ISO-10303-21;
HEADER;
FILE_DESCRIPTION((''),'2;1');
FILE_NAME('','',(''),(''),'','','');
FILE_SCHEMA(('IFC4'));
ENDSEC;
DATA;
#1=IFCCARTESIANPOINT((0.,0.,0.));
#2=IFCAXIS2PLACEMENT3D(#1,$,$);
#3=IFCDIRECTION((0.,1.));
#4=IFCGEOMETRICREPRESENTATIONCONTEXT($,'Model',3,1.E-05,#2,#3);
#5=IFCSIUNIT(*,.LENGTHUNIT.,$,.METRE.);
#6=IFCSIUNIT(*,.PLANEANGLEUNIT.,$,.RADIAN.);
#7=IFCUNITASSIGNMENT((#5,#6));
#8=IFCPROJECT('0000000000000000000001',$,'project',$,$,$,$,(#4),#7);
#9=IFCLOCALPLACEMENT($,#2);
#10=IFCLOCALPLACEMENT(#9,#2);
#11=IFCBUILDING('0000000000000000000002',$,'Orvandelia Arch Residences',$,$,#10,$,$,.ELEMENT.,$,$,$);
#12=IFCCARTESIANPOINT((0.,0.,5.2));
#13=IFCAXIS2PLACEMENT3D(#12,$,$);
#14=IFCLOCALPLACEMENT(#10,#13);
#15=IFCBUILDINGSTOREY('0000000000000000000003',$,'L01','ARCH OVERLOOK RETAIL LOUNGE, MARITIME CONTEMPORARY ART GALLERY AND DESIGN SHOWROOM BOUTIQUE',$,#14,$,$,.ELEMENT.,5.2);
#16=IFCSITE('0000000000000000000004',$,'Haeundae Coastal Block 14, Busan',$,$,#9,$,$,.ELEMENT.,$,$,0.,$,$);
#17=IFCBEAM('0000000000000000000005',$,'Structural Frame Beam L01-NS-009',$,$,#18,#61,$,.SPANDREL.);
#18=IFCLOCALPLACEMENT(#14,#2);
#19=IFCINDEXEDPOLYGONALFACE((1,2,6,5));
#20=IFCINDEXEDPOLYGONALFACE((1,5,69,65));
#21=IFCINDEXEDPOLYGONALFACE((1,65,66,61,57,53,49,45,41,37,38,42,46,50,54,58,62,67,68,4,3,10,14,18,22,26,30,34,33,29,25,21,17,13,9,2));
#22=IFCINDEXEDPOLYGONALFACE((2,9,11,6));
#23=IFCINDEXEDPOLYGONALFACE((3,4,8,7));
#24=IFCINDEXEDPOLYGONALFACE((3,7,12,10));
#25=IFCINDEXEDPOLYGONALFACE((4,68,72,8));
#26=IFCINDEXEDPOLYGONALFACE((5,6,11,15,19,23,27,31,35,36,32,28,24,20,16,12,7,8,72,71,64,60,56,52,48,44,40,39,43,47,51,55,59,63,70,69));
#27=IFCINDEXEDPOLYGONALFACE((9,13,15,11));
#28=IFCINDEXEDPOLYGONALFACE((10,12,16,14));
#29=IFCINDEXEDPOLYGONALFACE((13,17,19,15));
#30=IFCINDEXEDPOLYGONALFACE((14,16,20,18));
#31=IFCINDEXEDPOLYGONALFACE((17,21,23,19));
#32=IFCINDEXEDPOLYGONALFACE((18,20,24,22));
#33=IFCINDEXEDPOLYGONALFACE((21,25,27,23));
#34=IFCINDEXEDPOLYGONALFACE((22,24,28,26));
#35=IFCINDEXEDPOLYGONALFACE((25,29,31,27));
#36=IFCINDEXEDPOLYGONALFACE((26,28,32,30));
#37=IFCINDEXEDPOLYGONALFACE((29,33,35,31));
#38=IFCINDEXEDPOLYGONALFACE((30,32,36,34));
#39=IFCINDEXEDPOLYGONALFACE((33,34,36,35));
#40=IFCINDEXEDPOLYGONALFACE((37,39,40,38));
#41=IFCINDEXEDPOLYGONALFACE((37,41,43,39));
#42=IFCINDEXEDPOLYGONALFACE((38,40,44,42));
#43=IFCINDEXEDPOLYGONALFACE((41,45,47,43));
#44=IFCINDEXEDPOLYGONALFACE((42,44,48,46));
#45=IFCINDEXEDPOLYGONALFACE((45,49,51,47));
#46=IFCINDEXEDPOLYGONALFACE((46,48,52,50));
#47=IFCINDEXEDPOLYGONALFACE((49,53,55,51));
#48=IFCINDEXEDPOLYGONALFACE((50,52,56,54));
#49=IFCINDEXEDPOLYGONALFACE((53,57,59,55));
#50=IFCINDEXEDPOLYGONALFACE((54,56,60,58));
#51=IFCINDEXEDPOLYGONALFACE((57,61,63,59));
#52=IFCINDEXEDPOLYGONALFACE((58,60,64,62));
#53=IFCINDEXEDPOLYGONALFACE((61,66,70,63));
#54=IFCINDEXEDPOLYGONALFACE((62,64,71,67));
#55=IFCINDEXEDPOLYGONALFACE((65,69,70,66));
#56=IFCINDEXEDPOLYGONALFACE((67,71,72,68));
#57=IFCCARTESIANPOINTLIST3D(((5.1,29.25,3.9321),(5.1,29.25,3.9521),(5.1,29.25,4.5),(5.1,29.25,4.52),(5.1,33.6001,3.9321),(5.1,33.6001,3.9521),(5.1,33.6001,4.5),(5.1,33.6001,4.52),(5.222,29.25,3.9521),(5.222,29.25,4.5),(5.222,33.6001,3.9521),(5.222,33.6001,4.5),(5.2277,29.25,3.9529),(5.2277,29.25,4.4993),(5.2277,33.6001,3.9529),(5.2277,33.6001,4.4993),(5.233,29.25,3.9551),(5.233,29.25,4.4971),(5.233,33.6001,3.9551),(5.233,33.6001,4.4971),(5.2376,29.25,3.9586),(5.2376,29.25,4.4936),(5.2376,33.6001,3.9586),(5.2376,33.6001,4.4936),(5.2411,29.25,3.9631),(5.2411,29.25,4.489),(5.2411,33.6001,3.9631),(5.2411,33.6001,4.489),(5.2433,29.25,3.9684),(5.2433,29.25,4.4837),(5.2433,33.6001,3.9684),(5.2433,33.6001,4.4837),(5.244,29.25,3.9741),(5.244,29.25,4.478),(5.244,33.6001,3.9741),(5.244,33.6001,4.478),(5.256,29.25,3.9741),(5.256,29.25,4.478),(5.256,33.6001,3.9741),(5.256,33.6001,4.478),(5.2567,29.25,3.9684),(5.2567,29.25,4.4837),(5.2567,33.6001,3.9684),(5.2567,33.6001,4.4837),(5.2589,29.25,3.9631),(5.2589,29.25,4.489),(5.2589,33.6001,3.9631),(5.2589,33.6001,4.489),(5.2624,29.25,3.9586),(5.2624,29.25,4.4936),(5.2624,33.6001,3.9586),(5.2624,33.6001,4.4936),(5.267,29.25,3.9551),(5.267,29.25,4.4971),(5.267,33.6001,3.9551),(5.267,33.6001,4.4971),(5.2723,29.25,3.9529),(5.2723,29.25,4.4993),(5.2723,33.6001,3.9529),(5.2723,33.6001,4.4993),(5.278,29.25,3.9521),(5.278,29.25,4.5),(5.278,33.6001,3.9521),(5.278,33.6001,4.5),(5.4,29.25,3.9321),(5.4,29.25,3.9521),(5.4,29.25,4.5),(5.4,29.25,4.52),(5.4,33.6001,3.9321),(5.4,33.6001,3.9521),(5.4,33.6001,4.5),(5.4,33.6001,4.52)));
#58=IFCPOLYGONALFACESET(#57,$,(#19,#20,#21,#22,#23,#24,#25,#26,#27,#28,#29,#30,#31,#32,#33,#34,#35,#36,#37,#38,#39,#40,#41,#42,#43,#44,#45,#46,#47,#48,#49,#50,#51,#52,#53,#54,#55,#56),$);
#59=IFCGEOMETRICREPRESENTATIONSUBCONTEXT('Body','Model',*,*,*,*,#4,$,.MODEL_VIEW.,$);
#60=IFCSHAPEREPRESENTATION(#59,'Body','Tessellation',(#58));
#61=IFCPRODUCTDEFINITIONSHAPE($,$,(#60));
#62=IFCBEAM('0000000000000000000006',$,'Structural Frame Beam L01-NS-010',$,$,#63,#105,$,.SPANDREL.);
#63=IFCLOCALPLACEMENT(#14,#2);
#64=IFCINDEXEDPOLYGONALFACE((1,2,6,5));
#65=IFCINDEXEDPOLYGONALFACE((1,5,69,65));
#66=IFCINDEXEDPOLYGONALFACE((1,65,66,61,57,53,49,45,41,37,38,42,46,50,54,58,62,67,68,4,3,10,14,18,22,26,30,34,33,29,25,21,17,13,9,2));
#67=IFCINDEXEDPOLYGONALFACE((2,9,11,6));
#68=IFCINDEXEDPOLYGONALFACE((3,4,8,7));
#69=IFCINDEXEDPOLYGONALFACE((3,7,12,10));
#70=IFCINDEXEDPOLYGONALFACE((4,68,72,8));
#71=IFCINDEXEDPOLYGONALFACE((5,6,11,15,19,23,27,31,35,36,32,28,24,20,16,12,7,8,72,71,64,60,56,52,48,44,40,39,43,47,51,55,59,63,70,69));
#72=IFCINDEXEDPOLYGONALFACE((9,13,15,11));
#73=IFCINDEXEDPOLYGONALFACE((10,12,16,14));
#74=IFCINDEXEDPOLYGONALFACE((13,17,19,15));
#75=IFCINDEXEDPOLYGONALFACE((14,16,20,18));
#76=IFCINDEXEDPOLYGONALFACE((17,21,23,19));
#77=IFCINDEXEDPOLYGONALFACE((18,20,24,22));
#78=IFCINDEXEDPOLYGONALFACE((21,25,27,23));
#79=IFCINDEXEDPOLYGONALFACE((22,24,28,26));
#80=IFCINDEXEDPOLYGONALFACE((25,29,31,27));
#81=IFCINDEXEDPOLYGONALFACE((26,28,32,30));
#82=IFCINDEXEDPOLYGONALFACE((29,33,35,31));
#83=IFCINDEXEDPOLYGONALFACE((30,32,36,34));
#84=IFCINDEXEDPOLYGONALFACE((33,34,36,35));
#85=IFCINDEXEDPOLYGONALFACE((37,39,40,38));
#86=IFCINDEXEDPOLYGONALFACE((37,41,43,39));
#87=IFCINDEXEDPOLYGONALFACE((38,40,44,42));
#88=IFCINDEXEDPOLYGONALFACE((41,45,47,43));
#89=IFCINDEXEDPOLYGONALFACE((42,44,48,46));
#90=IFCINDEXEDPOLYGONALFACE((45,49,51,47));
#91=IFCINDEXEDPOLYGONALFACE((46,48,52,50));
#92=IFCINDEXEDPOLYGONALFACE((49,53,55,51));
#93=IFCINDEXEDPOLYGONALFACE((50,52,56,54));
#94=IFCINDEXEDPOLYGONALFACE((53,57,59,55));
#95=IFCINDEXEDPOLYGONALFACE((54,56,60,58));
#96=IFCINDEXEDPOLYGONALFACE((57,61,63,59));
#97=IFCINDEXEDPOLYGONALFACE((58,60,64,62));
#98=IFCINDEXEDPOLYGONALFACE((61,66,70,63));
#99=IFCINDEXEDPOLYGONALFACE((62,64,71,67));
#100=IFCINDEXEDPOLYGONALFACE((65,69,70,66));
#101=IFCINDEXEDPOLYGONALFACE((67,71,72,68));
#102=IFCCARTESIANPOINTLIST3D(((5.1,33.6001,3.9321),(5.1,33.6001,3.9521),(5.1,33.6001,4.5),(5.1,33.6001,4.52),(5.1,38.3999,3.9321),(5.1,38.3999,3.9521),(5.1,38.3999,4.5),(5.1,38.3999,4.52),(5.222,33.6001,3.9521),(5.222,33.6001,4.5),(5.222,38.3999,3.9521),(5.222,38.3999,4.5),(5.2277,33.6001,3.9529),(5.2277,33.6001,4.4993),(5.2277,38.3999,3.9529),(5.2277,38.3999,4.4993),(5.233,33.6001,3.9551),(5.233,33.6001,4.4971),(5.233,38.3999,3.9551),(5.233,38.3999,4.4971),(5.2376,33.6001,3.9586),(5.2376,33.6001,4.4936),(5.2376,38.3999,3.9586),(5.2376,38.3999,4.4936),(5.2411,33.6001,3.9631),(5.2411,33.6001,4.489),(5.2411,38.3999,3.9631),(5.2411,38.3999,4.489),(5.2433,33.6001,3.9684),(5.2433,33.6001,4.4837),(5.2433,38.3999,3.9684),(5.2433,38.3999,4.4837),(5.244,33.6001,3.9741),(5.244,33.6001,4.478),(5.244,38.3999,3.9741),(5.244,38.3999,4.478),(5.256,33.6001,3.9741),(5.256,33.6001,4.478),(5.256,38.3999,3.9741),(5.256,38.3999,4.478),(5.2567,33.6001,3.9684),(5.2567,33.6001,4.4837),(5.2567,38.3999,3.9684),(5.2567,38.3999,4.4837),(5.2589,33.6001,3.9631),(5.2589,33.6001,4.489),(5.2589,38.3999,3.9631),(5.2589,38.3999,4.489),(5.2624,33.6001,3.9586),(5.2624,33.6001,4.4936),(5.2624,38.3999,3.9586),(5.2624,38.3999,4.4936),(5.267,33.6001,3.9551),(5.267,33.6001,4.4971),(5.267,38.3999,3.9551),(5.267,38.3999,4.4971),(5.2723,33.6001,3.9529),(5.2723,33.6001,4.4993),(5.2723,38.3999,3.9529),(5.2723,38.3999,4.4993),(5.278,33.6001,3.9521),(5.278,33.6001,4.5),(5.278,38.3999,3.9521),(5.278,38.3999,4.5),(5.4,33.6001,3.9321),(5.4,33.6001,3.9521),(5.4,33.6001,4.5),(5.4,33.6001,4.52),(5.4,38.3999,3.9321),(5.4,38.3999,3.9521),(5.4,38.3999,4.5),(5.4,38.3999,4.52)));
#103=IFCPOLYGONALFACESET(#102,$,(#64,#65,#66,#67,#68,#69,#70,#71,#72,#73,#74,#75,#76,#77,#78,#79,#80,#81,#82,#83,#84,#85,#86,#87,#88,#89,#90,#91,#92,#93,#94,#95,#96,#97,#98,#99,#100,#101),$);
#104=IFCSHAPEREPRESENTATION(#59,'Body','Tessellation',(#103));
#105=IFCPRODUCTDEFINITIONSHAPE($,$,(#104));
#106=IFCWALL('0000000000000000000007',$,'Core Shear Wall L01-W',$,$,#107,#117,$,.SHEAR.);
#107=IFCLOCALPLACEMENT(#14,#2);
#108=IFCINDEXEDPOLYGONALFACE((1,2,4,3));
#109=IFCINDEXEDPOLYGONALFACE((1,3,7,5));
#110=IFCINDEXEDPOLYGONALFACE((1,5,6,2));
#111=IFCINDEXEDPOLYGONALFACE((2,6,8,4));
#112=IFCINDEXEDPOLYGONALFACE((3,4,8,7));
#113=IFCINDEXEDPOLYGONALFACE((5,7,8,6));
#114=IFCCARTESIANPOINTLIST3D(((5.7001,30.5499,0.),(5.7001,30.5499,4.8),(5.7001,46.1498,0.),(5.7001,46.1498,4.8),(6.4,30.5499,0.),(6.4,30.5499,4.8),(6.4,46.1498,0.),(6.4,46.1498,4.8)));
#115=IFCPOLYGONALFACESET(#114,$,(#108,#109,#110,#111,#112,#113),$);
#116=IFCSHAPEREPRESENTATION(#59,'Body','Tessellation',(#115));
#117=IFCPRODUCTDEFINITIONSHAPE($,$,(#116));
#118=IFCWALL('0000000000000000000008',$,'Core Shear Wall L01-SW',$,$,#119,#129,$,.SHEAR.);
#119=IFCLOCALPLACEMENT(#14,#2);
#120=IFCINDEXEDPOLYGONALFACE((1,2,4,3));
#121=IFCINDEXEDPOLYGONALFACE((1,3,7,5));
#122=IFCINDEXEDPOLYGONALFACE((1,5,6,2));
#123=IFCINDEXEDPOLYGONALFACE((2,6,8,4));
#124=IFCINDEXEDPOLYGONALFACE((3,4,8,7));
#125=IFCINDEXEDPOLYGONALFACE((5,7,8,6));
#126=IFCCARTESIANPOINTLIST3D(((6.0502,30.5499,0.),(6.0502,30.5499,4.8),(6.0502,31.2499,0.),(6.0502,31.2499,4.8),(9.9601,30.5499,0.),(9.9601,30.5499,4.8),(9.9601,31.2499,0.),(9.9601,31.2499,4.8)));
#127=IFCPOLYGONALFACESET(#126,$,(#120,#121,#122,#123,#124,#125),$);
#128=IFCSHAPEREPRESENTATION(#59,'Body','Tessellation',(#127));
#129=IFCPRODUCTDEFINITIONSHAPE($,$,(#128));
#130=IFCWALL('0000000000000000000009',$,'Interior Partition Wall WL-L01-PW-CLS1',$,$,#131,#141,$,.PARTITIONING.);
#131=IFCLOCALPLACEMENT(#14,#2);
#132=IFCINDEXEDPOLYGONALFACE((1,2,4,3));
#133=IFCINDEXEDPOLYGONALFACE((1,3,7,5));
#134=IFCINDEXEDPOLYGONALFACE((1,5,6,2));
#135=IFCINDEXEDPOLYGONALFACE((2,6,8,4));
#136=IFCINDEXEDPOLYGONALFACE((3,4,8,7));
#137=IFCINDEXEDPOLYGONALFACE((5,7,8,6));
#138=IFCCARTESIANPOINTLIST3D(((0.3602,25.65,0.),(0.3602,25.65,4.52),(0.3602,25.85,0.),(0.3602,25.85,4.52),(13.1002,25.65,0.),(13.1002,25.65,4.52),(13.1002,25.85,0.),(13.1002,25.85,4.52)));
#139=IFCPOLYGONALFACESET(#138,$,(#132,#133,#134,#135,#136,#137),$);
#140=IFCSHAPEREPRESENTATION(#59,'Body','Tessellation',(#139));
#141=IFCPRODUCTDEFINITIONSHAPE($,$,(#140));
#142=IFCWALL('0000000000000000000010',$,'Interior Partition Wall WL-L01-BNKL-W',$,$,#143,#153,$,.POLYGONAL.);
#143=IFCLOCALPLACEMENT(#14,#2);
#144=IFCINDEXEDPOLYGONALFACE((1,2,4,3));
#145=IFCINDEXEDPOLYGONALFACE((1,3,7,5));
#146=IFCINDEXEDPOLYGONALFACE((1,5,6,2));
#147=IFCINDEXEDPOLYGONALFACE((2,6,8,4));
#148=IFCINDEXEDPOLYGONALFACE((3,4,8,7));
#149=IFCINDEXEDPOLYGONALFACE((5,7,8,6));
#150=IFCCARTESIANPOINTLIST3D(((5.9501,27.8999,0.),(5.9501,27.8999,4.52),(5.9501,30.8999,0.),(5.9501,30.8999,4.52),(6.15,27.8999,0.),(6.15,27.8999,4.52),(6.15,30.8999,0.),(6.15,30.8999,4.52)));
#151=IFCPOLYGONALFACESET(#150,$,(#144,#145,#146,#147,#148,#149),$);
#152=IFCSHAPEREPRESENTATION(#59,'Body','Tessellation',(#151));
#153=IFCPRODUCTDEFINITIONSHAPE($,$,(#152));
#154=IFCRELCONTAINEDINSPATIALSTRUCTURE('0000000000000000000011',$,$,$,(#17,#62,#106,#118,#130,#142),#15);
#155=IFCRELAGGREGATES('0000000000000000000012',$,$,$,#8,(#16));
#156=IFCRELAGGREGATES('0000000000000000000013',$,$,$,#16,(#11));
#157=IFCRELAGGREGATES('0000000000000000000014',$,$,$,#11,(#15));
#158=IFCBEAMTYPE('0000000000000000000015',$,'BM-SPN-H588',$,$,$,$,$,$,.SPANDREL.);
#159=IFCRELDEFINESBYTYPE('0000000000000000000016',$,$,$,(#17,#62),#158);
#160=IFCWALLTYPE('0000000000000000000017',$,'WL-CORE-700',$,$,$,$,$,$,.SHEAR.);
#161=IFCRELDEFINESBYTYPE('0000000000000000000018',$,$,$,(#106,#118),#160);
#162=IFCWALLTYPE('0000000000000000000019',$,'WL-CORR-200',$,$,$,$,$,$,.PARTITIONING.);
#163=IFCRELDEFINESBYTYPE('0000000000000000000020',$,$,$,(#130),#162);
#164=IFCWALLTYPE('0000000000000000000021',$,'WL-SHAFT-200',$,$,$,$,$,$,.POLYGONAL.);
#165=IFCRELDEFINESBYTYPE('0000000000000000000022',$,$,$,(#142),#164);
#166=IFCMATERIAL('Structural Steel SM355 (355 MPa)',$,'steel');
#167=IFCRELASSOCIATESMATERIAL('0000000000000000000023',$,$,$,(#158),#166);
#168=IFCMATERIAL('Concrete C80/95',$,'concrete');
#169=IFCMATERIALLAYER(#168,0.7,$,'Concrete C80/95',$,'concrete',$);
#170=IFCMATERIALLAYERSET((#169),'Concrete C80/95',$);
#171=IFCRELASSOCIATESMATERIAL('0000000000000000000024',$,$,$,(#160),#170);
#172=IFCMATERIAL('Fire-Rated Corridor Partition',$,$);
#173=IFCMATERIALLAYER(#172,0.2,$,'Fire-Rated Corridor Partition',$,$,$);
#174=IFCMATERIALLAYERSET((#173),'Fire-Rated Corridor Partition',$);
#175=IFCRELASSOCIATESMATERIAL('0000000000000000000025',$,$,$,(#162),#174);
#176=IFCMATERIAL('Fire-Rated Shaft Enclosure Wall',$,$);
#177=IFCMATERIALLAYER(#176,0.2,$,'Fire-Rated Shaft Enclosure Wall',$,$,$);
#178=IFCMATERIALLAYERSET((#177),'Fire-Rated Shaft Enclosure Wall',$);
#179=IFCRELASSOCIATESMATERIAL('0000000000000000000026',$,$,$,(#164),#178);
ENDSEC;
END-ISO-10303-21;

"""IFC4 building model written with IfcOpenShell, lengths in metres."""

from ifc_helpers import new_model, si_unit, direction, frame, frame_2d, origin, origin_2d, place, context, subcontext, project, spatial, rectangle, i_section, extrude, material, layer, layer_set, material_profile, profile_set, type_object, element, save


model = new_model("IFC4")

# Units and contexts
model_context = context("Model", 3, precision=1e-05, world=origin(), true_north=direction((0.0, 1.0)))
body_context = subcontext(model_context, "Body", "Model", "MODEL_VIEW")
ifc_project = project(units=[si_unit("LENGTHUNIT", "METRE"), si_unit("PLANEANGLEUNIT", "RADIAN")], contexts=[model_context])

# Site, building, storey
site_placement = place(None, origin())
site = spatial("IfcSite", under=ifc_project, at=site_placement, Name="Haeundae Coastal Block 14, Busan", CompositionType="ELEMENT", RefElevation=0.0)
building_placement = place(site_placement, origin())
building = spatial("IfcBuilding", under=site, at=building_placement, Name="Orvandelia Arch Residences", CompositionType="ELEMENT")
storey_placement = place(building_placement, frame((0.0, 0.0, 5.2)))
storey = spatial("IfcBuildingStorey", under=building, at=storey_placement, Name="L01", Description="ARCH OVERLOOK RETAIL LOUNGE, MARITIME CONTEMPORARY ART GALLERY AND DESIGN SHOWROOM BOUTIQUE", CompositionType="ELEMENT", Elevation=5.2)

# Shared definitions
ifc_material_1 = material(Name="Concrete C80/95", Category="concrete")

# Beams
ifc_material_2 = material(Name="Structural Steel SM355 (355 MPa)", Category="steel")
ifc_material_profile_1 = material_profile(ifc_material_2, i_section(OverallWidth=0.3, OverallDepth=0.5879, WebThickness=0.012, FlangeThickness=0.02, FilletRadius=0.022, at=origin_2d()), Name="Structural Steel SM355 (355 MPa)", Category="steel")
ifc_profile_set_1 = profile_set([ifc_material_profile_1], Name="Structural Steel SM355 (355 MPa)")
beam_type_1 = type_object("IfcBeamType", Name="BM-SPN-H588", PredefinedType="SPANDREL", material=ifc_profile_set_1)
beam_1_placement = place(storey_placement, frame((5.25, 29.25, 4.2261), z_axis=(0.0, 1.0, 0.0), x_axis=(-1.0, 0.0, 0.0)))
element("IfcBeam", 1, at=beam_1_placement, inside=storey, type_object=beam_type_1, Name="Structural Frame Beam L01-NS-009", PredefinedType="SPANDREL", context=body_context, shape_type="SweptSolid", body=[
    extrude(i_section(OverallWidth=0.3, OverallDepth=0.5879, WebThickness=0.012, FlangeThickness=0.02, FilletRadius=0.022, at=origin_2d()), origin(), (0.0, 0.0, 1.0), 4.3501),
])
beam_2_placement = place(storey_placement, frame((5.25, 33.6001, 4.2261), z_axis=(0.0, 1.0, 0.0), x_axis=(-1.0, 0.0, 0.0)))
element("IfcBeam", 2, at=beam_2_placement, inside=storey, type_object=beam_type_1, Name="Structural Frame Beam L01-NS-010", PredefinedType="SPANDREL", context=body_context, shape_type="SweptSolid", body=[
    extrude(i_section(OverallWidth=0.3, OverallDepth=0.5879, WebThickness=0.012, FlangeThickness=0.02, FilletRadius=0.022, at=origin_2d()), origin(), (0.0, 0.0, 1.0), 4.7998),
])

# Walls
ifc_layer_1 = layer(ifc_material_1, 0.7, Name="Concrete C80/95", Category="concrete")
ifc_layer_set_1 = layer_set([ifc_layer_1], Name="Concrete C80/95")
wall_type_1 = type_object("IfcWallType", Name="WL-CORE-700", PredefinedType="SHEAR", material=ifc_layer_set_1)
wall_1_placement = place(storey_placement, frame((6.05, 30.55, 0.0), z_axis=(0.0, 0.0, 1.0), x_axis=(0.0, 1.0, 0.0)))
element("IfcWall", 3, at=wall_1_placement, inside=storey, type_object=wall_type_1, Name="Core Shear Wall L01-W", PredefinedType="SHEAR", context=body_context, shape_type="SweptSolid", body=[
    extrude(rectangle(XDim=15.5999, YDim=0.7, at=frame_2d((7.7998, 0.0))), origin(), (0.0, 0.0, 1.0), 4.8),
])
wall_2_placement = place(storey_placement, frame((6.05, 30.8999, 0.0), z_axis=(0.0, 0.0, 1.0), x_axis=(1.0, 0.0, 0.0)))
element("IfcWall", 4, at=wall_2_placement, inside=storey, type_object=wall_type_1, Name="Core Shear Wall L01-SW", PredefinedType="SHEAR", context=body_context, shape_type="SweptSolid", body=[
    extrude(rectangle(XDim=3.9099, YDim=0.7, at=frame_2d((1.9551, 0.0))), origin(), (0.0, 0.0, 1.0), 4.8),
])
ifc_material_3 = material(Name="Fire-Rated Corridor Partition")
ifc_layer_2 = layer(ifc_material_3, 0.2, Name="Fire-Rated Corridor Partition")
ifc_layer_set_2 = layer_set([ifc_layer_2], Name="Fire-Rated Corridor Partition")
wall_type_2 = type_object("IfcWallType", Name="WL-CORR-200", PredefinedType="PARTITIONING", material=ifc_layer_set_2)
wall_3_placement = place(storey_placement, frame((0.3601, 25.75, 0.0), z_axis=(0.0, 0.0, 1.0), x_axis=(1.0, 0.0, 0.0)))
element("IfcWall", 5, at=wall_3_placement, inside=storey, type_object=wall_type_2, Name="Interior Partition Wall WL-L01-PW-CLS1", PredefinedType="PARTITIONING", context=body_context, shape_type="SweptSolid", body=[
    extrude(rectangle(XDim=12.74, YDim=0.2, at=frame_2d((6.3701, 0.0))), origin(), (0.0, 0.0, 1.0), 4.52),
])

# Shared definitions
ifc_material_4 = material(Name="Fire-Rated Shaft Enclosure Wall")
ifc_layer_3 = layer(ifc_material_4, 0.2, Name="Fire-Rated Shaft Enclosure Wall")
ifc_layer_set_3 = layer_set([ifc_layer_3], Name="Fire-Rated Shaft Enclosure Wall")
wall_type_3 = type_object("IfcWallType", Name="WL-SHAFT-200", PredefinedType="POLYGONAL", material=ifc_layer_set_3)

# Wall
wall_4_placement = place(storey_placement, frame((6.05, 27.8999, 0.0), z_axis=(0.0, 0.0, 1.0), x_axis=(0.0, 1.0, 0.0)))
element("IfcWall", 6, at=wall_4_placement, inside=storey, type_object=wall_type_3, Name="Interior Partition Wall WL-L01-BNKL-W", PredefinedType="POLYGONAL", context=body_context, shape_type="SweptSolid", body=[
    extrude(rectangle(XDim=3.0, YDim=0.2, at=frame_2d((1.5, 0.0))), origin(), (0.0, 0.0, 1.0), 4.52),
])

save(model, "model.ifc")
